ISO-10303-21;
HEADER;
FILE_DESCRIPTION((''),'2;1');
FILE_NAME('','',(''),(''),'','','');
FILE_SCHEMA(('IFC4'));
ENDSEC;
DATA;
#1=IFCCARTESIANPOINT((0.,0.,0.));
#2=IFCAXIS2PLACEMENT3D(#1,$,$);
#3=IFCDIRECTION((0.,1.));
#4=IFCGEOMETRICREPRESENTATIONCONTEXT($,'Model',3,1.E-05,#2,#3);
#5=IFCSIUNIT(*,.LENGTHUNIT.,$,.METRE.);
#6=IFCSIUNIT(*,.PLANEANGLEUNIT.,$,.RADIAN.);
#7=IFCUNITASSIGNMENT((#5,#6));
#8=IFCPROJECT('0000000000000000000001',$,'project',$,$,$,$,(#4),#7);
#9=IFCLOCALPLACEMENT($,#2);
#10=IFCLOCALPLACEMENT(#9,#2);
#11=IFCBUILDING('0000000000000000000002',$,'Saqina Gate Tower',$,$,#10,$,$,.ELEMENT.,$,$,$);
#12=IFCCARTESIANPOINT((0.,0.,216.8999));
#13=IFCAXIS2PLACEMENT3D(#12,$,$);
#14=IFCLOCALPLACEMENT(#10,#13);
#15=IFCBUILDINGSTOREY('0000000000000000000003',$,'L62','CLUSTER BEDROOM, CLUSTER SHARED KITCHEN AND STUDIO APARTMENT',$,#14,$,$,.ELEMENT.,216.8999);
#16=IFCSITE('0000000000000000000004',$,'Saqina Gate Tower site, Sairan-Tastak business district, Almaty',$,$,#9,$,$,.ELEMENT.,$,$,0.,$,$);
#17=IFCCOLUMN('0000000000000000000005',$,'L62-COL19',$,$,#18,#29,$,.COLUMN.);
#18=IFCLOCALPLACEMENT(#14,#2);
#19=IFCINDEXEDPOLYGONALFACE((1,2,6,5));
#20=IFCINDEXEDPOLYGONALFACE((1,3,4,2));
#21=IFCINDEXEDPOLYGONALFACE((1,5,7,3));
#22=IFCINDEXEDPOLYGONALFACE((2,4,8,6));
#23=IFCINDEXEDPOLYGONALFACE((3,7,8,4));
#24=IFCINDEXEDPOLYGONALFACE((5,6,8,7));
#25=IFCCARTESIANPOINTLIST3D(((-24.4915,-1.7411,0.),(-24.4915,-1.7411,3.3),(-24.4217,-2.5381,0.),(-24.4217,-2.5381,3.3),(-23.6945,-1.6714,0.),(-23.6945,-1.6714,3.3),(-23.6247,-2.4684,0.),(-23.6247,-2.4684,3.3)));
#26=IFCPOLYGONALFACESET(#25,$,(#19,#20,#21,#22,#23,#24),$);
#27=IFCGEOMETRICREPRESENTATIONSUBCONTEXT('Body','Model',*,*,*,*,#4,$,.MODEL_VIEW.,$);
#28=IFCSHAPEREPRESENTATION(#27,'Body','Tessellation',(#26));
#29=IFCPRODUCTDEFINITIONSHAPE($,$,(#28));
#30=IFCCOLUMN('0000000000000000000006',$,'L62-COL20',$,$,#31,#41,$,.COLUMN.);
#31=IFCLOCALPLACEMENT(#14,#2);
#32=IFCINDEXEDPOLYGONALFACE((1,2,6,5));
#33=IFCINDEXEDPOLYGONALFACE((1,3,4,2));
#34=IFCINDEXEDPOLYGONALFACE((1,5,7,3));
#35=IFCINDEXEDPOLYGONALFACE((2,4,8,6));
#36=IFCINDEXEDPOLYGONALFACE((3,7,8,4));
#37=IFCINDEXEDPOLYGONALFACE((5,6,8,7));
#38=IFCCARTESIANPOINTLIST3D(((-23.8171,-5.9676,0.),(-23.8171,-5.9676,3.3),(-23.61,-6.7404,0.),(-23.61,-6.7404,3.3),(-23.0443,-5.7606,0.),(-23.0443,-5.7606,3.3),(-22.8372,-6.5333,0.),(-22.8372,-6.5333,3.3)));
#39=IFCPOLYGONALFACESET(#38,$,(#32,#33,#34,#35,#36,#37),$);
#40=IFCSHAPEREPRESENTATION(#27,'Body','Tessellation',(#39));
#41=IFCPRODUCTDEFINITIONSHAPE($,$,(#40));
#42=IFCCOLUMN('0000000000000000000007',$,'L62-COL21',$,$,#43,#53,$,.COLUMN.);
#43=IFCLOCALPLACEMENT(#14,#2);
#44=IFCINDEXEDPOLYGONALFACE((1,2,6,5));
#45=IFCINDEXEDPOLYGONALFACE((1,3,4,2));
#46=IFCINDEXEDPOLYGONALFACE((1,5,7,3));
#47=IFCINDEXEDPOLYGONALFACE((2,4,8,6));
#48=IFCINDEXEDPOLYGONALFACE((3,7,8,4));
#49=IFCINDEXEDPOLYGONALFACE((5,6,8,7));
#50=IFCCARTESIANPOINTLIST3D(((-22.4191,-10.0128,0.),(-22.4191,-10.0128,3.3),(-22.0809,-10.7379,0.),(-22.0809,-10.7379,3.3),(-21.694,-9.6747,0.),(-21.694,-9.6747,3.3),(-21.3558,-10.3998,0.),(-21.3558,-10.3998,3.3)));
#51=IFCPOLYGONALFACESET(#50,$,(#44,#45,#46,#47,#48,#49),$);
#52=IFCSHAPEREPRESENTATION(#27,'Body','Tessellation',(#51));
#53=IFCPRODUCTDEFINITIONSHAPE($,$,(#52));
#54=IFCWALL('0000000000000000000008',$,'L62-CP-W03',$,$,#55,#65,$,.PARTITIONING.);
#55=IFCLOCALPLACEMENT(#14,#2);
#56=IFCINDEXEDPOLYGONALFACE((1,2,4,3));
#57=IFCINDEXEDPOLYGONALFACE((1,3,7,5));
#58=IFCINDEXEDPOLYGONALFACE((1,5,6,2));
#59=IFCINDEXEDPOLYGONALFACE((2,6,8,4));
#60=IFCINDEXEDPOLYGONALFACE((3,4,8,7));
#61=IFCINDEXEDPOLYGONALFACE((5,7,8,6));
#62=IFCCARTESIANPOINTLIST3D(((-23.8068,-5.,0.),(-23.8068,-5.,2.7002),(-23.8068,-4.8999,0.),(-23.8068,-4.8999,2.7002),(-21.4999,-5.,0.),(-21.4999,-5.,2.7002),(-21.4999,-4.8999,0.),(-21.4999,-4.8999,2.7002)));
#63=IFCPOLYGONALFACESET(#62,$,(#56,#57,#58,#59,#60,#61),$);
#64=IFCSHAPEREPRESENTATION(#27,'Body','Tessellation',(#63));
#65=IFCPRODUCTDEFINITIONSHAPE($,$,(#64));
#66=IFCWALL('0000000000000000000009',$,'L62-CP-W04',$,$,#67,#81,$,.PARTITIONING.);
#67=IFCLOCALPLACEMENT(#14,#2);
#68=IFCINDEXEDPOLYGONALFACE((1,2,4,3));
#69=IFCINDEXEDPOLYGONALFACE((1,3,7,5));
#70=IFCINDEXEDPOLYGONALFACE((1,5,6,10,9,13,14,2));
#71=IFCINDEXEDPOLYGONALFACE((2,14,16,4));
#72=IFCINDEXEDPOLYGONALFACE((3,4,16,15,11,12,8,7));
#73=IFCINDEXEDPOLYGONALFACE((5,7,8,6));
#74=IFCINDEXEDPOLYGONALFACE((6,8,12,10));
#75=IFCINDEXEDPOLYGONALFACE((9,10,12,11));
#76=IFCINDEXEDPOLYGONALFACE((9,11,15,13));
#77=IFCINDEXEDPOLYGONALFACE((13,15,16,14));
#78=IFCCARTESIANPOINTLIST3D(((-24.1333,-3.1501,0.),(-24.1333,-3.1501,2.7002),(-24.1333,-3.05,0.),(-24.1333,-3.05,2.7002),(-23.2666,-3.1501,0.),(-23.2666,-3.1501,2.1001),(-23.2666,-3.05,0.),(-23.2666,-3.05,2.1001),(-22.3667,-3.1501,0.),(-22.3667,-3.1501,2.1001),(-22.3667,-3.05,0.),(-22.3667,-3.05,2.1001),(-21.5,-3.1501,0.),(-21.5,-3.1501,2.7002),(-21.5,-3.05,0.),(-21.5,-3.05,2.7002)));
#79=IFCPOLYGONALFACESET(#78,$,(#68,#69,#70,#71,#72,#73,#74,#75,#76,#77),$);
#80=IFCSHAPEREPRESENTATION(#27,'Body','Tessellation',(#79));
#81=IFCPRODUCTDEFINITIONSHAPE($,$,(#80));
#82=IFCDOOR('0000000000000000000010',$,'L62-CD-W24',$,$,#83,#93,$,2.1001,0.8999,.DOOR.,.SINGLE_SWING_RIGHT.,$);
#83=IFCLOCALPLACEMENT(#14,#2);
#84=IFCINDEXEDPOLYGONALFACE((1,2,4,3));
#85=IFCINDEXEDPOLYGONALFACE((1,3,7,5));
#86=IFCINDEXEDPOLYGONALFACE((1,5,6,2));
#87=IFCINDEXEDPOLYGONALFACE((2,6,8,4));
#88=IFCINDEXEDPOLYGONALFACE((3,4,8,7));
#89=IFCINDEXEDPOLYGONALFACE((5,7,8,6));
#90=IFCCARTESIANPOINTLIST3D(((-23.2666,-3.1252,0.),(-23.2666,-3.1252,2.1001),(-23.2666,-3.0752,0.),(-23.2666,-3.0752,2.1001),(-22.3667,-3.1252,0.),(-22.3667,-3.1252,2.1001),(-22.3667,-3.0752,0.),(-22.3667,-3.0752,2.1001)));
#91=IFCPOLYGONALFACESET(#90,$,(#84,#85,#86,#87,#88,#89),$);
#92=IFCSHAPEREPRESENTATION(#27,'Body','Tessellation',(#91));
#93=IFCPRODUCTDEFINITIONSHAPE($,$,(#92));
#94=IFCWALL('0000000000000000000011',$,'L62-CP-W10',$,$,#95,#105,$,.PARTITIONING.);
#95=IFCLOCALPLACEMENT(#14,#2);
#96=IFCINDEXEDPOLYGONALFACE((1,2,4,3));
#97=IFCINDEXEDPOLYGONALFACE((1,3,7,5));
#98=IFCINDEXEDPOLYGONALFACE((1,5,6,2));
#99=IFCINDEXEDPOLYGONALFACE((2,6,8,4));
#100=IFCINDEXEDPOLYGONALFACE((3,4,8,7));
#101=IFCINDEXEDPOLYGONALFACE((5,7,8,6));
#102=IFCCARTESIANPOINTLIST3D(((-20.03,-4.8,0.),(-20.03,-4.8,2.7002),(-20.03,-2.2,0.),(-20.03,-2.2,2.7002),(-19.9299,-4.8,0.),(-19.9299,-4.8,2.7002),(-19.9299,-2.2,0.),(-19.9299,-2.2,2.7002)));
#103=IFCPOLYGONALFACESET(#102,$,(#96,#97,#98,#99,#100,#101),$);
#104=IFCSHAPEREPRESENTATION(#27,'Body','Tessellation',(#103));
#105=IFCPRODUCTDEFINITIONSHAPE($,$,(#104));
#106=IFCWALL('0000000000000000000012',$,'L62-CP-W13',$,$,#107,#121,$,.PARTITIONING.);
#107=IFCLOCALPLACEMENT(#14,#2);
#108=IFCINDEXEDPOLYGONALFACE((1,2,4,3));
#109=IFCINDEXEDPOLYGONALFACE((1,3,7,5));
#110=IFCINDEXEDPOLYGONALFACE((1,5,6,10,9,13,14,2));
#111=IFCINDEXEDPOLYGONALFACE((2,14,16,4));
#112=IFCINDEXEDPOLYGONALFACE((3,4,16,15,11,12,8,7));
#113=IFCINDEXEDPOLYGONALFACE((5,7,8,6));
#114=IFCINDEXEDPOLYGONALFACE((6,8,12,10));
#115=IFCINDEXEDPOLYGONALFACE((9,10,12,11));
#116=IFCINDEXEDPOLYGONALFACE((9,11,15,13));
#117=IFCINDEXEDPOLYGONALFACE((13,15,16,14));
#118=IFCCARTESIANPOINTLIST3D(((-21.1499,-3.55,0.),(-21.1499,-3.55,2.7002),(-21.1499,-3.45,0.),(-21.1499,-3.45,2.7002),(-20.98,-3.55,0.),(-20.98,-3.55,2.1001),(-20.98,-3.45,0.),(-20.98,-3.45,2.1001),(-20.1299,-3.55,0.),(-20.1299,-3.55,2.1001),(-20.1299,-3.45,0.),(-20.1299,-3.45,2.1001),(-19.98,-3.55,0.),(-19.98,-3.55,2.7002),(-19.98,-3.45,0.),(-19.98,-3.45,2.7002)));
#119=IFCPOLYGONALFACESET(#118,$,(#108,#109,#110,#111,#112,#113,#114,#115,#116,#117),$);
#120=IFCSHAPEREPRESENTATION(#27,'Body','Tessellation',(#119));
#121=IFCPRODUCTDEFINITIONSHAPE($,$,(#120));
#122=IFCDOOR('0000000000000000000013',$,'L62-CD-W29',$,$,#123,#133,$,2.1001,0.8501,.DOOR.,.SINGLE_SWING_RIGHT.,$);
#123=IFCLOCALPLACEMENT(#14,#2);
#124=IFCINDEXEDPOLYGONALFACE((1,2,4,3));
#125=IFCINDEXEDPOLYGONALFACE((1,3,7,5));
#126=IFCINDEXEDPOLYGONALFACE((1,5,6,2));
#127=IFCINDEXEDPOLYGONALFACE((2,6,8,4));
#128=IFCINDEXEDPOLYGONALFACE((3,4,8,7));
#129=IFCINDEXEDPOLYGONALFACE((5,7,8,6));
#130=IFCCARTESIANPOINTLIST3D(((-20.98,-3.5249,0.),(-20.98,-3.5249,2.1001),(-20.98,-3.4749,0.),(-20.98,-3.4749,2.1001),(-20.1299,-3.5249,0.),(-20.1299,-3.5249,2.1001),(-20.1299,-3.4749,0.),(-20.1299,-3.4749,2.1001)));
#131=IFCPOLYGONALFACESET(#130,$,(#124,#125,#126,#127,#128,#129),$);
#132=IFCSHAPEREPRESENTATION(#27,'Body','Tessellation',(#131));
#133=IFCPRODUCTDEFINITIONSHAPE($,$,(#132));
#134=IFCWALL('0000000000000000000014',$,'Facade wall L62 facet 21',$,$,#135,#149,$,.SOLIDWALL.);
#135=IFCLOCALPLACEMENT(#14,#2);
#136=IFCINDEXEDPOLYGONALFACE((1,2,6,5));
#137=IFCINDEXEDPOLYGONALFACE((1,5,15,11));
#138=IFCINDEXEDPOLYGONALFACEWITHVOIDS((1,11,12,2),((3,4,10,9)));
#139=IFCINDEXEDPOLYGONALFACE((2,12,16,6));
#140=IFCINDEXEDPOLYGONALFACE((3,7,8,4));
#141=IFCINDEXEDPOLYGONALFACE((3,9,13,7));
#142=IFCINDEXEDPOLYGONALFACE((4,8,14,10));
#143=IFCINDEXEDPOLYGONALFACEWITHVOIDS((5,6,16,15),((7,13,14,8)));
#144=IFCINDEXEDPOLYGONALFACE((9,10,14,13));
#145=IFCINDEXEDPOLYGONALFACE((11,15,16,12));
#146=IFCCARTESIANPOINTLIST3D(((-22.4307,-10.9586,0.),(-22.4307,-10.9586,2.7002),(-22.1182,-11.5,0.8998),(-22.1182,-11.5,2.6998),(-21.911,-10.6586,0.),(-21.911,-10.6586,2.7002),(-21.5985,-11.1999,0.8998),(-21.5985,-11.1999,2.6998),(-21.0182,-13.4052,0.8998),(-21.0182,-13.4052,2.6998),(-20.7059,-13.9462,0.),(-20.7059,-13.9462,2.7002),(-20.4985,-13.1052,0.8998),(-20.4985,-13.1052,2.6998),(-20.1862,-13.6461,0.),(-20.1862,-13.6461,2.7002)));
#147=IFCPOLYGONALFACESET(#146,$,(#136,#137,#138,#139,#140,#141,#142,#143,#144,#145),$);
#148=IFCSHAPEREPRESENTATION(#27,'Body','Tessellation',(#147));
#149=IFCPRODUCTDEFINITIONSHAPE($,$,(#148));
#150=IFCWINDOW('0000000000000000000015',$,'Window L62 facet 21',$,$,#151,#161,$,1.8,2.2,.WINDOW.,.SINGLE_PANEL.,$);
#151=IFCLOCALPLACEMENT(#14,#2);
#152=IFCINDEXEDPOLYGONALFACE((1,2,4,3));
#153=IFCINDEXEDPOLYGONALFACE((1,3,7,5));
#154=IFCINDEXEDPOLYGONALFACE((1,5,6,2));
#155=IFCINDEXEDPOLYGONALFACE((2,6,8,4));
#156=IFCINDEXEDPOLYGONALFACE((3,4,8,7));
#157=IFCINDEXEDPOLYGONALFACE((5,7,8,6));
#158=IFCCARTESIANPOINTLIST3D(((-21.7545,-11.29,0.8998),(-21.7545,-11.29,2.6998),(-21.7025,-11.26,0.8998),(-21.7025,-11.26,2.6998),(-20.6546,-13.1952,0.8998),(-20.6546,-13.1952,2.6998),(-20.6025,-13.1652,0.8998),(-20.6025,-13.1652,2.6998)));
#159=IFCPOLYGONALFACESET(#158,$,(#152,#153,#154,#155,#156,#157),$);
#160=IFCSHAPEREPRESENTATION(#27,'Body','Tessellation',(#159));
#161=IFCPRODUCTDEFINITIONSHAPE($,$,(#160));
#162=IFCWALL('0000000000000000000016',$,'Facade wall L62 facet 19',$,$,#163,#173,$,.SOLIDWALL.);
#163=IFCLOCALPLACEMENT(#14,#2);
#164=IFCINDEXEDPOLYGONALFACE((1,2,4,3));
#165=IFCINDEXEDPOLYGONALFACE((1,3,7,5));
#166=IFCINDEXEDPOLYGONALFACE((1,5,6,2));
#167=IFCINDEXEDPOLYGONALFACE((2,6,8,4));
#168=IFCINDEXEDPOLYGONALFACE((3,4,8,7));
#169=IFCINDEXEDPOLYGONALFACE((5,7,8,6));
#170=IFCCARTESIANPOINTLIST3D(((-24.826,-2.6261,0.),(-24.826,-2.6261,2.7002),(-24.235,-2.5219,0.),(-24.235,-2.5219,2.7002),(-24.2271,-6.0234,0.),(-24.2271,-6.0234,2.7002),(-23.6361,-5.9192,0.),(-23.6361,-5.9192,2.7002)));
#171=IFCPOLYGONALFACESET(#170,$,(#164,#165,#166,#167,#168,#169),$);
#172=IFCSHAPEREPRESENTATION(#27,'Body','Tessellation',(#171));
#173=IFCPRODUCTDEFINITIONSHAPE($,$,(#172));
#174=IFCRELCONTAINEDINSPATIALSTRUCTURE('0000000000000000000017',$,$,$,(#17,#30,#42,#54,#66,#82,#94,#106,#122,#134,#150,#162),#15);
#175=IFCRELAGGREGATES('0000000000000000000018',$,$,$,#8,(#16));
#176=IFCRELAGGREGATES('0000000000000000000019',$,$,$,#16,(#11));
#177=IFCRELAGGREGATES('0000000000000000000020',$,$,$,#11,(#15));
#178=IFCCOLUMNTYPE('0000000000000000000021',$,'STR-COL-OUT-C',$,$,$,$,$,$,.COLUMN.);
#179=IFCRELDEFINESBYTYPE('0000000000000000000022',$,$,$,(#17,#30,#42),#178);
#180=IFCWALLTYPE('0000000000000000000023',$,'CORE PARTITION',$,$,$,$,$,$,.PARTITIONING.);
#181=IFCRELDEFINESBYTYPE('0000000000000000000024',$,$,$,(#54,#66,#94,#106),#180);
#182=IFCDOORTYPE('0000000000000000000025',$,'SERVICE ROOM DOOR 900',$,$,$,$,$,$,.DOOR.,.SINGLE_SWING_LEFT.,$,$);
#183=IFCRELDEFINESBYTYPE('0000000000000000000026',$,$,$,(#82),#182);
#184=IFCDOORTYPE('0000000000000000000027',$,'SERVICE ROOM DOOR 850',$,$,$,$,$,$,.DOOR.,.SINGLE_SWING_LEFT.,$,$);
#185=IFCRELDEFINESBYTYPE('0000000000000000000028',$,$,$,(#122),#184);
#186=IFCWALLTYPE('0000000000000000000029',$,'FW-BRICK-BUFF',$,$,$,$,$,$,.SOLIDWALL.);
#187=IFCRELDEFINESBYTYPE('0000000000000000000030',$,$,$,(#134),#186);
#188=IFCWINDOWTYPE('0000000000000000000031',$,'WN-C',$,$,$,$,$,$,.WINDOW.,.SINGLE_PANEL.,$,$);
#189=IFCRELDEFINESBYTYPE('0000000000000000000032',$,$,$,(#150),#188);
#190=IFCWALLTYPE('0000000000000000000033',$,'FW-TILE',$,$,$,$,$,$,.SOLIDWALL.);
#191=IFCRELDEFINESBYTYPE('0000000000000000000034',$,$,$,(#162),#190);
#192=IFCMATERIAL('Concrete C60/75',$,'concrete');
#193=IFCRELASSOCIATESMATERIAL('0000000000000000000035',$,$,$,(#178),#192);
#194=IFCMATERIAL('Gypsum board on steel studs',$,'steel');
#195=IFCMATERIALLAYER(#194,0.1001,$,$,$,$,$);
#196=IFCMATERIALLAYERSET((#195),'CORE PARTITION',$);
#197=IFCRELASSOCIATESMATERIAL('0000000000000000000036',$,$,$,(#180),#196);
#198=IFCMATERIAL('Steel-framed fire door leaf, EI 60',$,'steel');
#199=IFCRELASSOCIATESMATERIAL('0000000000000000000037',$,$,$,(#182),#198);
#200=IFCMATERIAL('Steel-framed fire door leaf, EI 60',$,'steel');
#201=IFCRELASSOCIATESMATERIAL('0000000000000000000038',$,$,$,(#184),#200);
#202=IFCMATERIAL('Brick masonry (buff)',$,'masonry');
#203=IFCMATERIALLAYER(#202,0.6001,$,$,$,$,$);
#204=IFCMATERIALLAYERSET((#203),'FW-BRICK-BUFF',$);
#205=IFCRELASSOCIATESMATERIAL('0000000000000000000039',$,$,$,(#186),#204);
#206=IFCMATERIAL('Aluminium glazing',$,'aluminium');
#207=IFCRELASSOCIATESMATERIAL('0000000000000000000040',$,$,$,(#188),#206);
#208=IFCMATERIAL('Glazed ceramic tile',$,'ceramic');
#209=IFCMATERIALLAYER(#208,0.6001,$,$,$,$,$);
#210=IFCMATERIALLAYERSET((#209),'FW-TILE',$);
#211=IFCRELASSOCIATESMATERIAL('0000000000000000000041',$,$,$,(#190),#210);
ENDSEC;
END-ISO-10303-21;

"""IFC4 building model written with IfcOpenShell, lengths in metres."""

from ifc_helpers import new_model, si_unit, direction, frame, frame_2d, origin, origin_2d, place, context, subcontext, project, spatial, rectangle, extrude, material, layer, layer_set, material_profile, profile_set, type_object, element, fill, save


model = new_model("IFC4")

# Units and contexts
model_context = context("Model", 3, precision=1e-05, world=origin(), true_north=direction((0.0, 1.0)))
body_context = subcontext(model_context, "Body", "Model", "MODEL_VIEW")
ifc_project = project(units=[si_unit("LENGTHUNIT", "METRE"), si_unit("PLANEANGLEUNIT", "RADIAN")], contexts=[model_context])

# Site, building, storey
site_placement = place(None, origin())
site = spatial("IfcSite", under=ifc_project, at=site_placement, Name="Saqina Gate Tower site, Sairan-Tastak business district, Almaty", CompositionType="ELEMENT", RefElevation=0.0)
building_placement = place(site_placement, origin())
building = spatial("IfcBuilding", under=site, at=building_placement, Name="Saqina Gate Tower", CompositionType="ELEMENT")
storey_placement = place(building_placement, frame((0.0, 0.0, 216.8999)))
storey = spatial("IfcBuildingStorey", under=building, at=storey_placement, Name="L62", Description="CLUSTER BEDROOM, CLUSTER SHARED KITCHEN AND STUDIO APARTMENT", CompositionType="ELEMENT", Elevation=216.8999)

# Columns
ifc_material_1 = material(Name="Concrete C60/75", Category="concrete")
ifc_material_profile = material_profile(ifc_material_1, rectangle(XDim=0.8, YDim=0.8, at=origin_2d()), Name="RC 800x800")
ifc_profile_set = profile_set([ifc_material_profile], Name="Concrete C60/75")
column_type = type_object("IfcColumnType", Name="STR-COL-OUT-C", PredefinedType="COLUMN", material=ifc_profile_set)
for number, where, z_axis, x_axis, name in (
    (1, (-24.0581, -2.1047, 0.0), (0.0, 0.0, 1.0), (-0.996195, -0.087156, 0.0), "L62-COL19"),
    (2, (-23.3271, -6.2505, 0.0), (0.0, 0.0, 1.0), (-0.965926, -0.258819, 0.0), "L62-COL20"),
    (3, (-21.8875, -10.2063, 0.0), (0.0, 0.0, 1.0), (-0.906308, -0.422618, 0.0), "L62-COL21"),
):
    element("IfcColumn", number, at=place(storey_placement, frame(where, z_axis=z_axis, x_axis=x_axis)), inside=storey, type_object=column_type, Name=name, PredefinedType="COLUMN", context=body_context, shape_type="SweptSolid", body=[
        extrude(rectangle(XDim=0.8, YDim=0.8, at=origin_2d()), origin(), (0.0, 0.0, 1.0), 3.3),
    ])

# Wall
ifc_material_2 = material(Name="Gypsum board on steel studs", Category="steel")
ifc_layer_1 = layer(ifc_material_2, 0.1001)
ifc_layer_set_1 = layer_set([ifc_layer_1], Name="CORE PARTITION")
wall_type_1 = type_object("IfcWallType", Name="CORE PARTITION", PredefinedType="PARTITIONING", material=ifc_layer_set_1)
wall_1_placement = place(storey_placement, frame((-21.5, -4.95, 0.0), z_axis=(0.0, 0.0, 1.0), x_axis=(-1.0, 0.0, 0.0)))
element("IfcWall", 4, at=wall_1_placement, inside=storey, type_object=wall_type_1, Name="L62-CP-W03", PredefinedType="PARTITIONING", context=body_context, shape_type="SweptSolid", body=[
    extrude(rectangle(XDim=2.3069, YDim=0.1001, at=frame_2d((1.1533, 0.0))), origin(), (0.0, 0.0, 1.0), 2.7002),
])

# Wall, opening, door
wall_2_placement = place(storey_placement, frame((-21.5, -3.1001, 0.0), z_axis=(0.0, 0.0, 1.0), x_axis=(-1.0, 0.0, 0.0)))
wall_2 = element("IfcWall", 5, at=wall_2_placement, inside=storey, type_object=wall_type_1, Name="L62-CP-W04", PredefinedType="PARTITIONING", context=body_context, shape_type="SweptSolid", body=[
    extrude(rectangle(XDim=2.6333, YDim=0.1001, at=frame_2d((1.3167, 0.0))), origin(), (0.0, 0.0, 1.0), 2.7002),
])
opening_1_placement = place(wall_2_placement, frame((0.8667, 0.0, 0.0)))
opening_1 = element("IfcOpeningElement", 6, at=opening_1_placement, cuts=wall_2, PredefinedType="OPENING", context=body_context, shape_type="SweptSolid", body=[
    extrude(rectangle(XDim=0.8999, YDim=2.1001, at=frame_2d((0.45, 1.05))), frame((0.0, 0.062, 0.0), z_axis=(0.0, -1.0, 0.0), x_axis=(1.0, 0.0, 0.0)), (0.0, 0.0, 1.0), 0.124),
])
ifc_material_3 = material(Name="Steel-framed fire door leaf, EI 60", Category="steel")
door_type_1 = type_object("IfcDoorType", Name="SERVICE ROOM DOOR 900", OperationType="SINGLE_SWING_LEFT", PredefinedType="DOOR", material=ifc_material_3)
door_1_placement = place(opening_1_placement, frame((0.8999, 0.0, 0.0), z_axis=(0.0, 0.0, 1.0), x_axis=(-1.0, 0.0, 0.0)))
door_1 = element("IfcDoor", 7, at=door_1_placement, inside=storey, type_object=door_type_1, Name="L62-CD-W24", OperationType="SINGLE_SWING_RIGHT", OverallHeight=2.1001, OverallWidth=0.8999, PredefinedType="DOOR", context=body_context, shape_type="SweptSolid", body=[
    extrude(rectangle(XDim=0.8999, YDim=2.1001, at=frame_2d((0.45, 1.05))), frame((0.0, 0.0249, 0.0), z_axis=(0.0, -1.0, 0.0), x_axis=(1.0, 0.0, 0.0)), (0.0, 0.0, 1.0), 0.05),
])
fill(opening_1, door_1)

# Wall
wall_3_placement = place(storey_placement, frame((-19.98, -4.8, 0.0), z_axis=(0.0, 0.0, 1.0), x_axis=(0.0, 1.0, 0.0)))
element("IfcWall", 8, at=wall_3_placement, inside=storey, type_object=wall_type_1, Name="L62-CP-W10", PredefinedType="PARTITIONING", context=body_context, shape_type="SweptSolid", body=[
    extrude(rectangle(XDim=2.6001, YDim=0.1001, at=frame_2d((1.3, 0.0))), origin(), (0.0, 0.0, 1.0), 2.7002),
])

# Wall, opening, door
wall_4_placement = place(storey_placement, frame((-19.98, -3.5, 0.0), z_axis=(0.0, 0.0, 1.0), x_axis=(-1.0, 0.0, 0.0)))
wall_4 = element("IfcWall", 9, at=wall_4_placement, inside=storey, type_object=wall_type_1, Name="L62-CP-W13", PredefinedType="PARTITIONING", context=body_context, shape_type="SweptSolid", body=[
    extrude(rectangle(XDim=1.1699, YDim=0.1001, at=frame_2d((0.585, 0.0))), origin(), (0.0, 0.0, 1.0), 2.7002),
])
opening_2_placement = place(wall_4_placement, frame((0.1499, 0.0, 0.0)))
opening_2 = element("IfcOpeningElement", 10, at=opening_2_placement, cuts=wall_4, PredefinedType="OPENING", context=body_context, shape_type="SweptSolid", body=[
    extrude(rectangle(XDim=0.8501, YDim=2.1001, at=frame_2d((0.425, 1.05))), frame((0.0, 0.062, 0.0), z_axis=(0.0, -1.0, 0.0), x_axis=(1.0, 0.0, 0.0)), (0.0, 0.0, 1.0), 0.124),
])
ifc_material_4 = material(Name="Steel-framed fire door leaf, EI 60", Category="steel")
door_type_2 = type_object("IfcDoorType", Name="SERVICE ROOM DOOR 850", OperationType="SINGLE_SWING_LEFT", PredefinedType="DOOR", material=ifc_material_4)
door_2_placement = place(opening_2_placement, origin())
door_2 = element("IfcDoor", 11, at=door_2_placement, inside=storey, type_object=door_type_2, Name="L62-CD-W29", OperationType="SINGLE_SWING_RIGHT", OverallHeight=2.1001, OverallWidth=0.8501, PredefinedType="DOOR", context=body_context, shape_type="SweptSolid", body=[
    extrude(rectangle(XDim=0.8501, YDim=2.1001, at=frame_2d((0.425, 1.05))), frame((0.0, 0.0249, 0.0), z_axis=(0.0, -1.0, 0.0), x_axis=(1.0, 0.0, 0.0)), (0.0, 0.0, 1.0), 0.05),
])
fill(opening_2, door_2)

# Wall, opening, window
ifc_material_5 = material(Name="Brick masonry (buff)", Category="masonry")
ifc_layer_2 = layer(ifc_material_5, 0.6001)
ifc_layer_set_2 = layer_set([ifc_layer_2], Name="FW-BRICK-BUFF")
wall_type_2 = type_object("IfcWallType", Name="FW-BRICK-BUFF", PredefinedType="SOLIDWALL", material=ifc_layer_set_2)
wall_5_placement = place(storey_placement, frame((-22.1709, -10.8086, 0.0), z_axis=(0.0, 0.0, 1.0), x_axis=(0.499998, -0.866026, 0.0)))
wall_5 = element("IfcWall", 12, at=wall_5_placement, inside=storey, type_object=wall_type_2, Name="Facade wall L62 facet 21", PredefinedType="SOLIDWALL", context=body_context, shape_type="SweptSolid", body=[
    extrude(rectangle(XDim=3.4497, YDim=0.6001, at=frame_2d((1.7249, 0.0))), origin(), (0.0, 0.0, 1.0), 2.7002),
])
opening_3_placement = place(wall_5_placement, frame((0.625, 0.0, 0.8999)))
opening_3 = element("IfcOpeningElement", 13, at=opening_3_placement, cuts=wall_5, PredefinedType="OPENING", context=body_context, shape_type="SweptSolid", body=[
    extrude(rectangle(XDim=2.2, YDim=1.8, at=frame_2d((1.1001, 0.8999))), frame((0.0, 0.312, 0.0), z_axis=(0.0, -1.0, 0.0), x_axis=(1.0, 0.0, 0.0)), (0.0, 0.0, 1.0), 0.624),
])
ifc_material_6 = material(Name="Aluminium glazing", Category="aluminium")
window_type = type_object("IfcWindowType", Name="WN-C", PartitioningType="SINGLE_PANEL", PredefinedType="WINDOW", material=ifc_material_6)
window_placement = place(opening_3_placement, origin())
window = element("IfcWindow", 14, at=window_placement, inside=storey, type_object=window_type, Name="Window L62 facet 21", OverallHeight=1.8, OverallWidth=2.2, PartitioningType="SINGLE_PANEL", PredefinedType="WINDOW", context=body_context, shape_type="SweptSolid", body=[
    extrude(rectangle(XDim=2.2, YDim=1.8, at=frame_2d((1.1001, 0.8999))), frame((0.0, 0.1799, 0.0), z_axis=(0.0, -1.0, 0.0), x_axis=(1.0, 0.0, 0.0)), (0.0, 0.0, 1.0), 0.0601),
])
fill(opening_3, window)

# Wall
ifc_material_7 = material(Name="Glazed ceramic tile", Category="ceramic")
ifc_layer_3 = layer(ifc_material_7, 0.6001)
ifc_layer_set_3 = layer_set([ifc_layer_3], Name="FW-TILE")
wall_type_3 = type_object("IfcWallType", Name="FW-TILE", PredefinedType="SOLIDWALL", material=ifc_layer_set_3)
wall_6_placement = place(storey_placement, frame((-24.5305, -2.574, 0.0), z_axis=(0.0, 0.0, 1.0), x_axis=(0.173608, -0.984815, 0.0)))
element("IfcWall", 15, at=wall_6_placement, inside=storey, type_object=wall_type_3, Name="Facade wall L62 facet 19", PredefinedType="SOLIDWALL", context=body_context, shape_type="SweptSolid", body=[
    extrude(rectangle(XDim=3.4497, YDim=0.6001, at=frame_2d((1.7249, 0.0))), origin(), (0.0, 0.0, 1.0), 2.7002),
])

save(model, "model.ifc")
